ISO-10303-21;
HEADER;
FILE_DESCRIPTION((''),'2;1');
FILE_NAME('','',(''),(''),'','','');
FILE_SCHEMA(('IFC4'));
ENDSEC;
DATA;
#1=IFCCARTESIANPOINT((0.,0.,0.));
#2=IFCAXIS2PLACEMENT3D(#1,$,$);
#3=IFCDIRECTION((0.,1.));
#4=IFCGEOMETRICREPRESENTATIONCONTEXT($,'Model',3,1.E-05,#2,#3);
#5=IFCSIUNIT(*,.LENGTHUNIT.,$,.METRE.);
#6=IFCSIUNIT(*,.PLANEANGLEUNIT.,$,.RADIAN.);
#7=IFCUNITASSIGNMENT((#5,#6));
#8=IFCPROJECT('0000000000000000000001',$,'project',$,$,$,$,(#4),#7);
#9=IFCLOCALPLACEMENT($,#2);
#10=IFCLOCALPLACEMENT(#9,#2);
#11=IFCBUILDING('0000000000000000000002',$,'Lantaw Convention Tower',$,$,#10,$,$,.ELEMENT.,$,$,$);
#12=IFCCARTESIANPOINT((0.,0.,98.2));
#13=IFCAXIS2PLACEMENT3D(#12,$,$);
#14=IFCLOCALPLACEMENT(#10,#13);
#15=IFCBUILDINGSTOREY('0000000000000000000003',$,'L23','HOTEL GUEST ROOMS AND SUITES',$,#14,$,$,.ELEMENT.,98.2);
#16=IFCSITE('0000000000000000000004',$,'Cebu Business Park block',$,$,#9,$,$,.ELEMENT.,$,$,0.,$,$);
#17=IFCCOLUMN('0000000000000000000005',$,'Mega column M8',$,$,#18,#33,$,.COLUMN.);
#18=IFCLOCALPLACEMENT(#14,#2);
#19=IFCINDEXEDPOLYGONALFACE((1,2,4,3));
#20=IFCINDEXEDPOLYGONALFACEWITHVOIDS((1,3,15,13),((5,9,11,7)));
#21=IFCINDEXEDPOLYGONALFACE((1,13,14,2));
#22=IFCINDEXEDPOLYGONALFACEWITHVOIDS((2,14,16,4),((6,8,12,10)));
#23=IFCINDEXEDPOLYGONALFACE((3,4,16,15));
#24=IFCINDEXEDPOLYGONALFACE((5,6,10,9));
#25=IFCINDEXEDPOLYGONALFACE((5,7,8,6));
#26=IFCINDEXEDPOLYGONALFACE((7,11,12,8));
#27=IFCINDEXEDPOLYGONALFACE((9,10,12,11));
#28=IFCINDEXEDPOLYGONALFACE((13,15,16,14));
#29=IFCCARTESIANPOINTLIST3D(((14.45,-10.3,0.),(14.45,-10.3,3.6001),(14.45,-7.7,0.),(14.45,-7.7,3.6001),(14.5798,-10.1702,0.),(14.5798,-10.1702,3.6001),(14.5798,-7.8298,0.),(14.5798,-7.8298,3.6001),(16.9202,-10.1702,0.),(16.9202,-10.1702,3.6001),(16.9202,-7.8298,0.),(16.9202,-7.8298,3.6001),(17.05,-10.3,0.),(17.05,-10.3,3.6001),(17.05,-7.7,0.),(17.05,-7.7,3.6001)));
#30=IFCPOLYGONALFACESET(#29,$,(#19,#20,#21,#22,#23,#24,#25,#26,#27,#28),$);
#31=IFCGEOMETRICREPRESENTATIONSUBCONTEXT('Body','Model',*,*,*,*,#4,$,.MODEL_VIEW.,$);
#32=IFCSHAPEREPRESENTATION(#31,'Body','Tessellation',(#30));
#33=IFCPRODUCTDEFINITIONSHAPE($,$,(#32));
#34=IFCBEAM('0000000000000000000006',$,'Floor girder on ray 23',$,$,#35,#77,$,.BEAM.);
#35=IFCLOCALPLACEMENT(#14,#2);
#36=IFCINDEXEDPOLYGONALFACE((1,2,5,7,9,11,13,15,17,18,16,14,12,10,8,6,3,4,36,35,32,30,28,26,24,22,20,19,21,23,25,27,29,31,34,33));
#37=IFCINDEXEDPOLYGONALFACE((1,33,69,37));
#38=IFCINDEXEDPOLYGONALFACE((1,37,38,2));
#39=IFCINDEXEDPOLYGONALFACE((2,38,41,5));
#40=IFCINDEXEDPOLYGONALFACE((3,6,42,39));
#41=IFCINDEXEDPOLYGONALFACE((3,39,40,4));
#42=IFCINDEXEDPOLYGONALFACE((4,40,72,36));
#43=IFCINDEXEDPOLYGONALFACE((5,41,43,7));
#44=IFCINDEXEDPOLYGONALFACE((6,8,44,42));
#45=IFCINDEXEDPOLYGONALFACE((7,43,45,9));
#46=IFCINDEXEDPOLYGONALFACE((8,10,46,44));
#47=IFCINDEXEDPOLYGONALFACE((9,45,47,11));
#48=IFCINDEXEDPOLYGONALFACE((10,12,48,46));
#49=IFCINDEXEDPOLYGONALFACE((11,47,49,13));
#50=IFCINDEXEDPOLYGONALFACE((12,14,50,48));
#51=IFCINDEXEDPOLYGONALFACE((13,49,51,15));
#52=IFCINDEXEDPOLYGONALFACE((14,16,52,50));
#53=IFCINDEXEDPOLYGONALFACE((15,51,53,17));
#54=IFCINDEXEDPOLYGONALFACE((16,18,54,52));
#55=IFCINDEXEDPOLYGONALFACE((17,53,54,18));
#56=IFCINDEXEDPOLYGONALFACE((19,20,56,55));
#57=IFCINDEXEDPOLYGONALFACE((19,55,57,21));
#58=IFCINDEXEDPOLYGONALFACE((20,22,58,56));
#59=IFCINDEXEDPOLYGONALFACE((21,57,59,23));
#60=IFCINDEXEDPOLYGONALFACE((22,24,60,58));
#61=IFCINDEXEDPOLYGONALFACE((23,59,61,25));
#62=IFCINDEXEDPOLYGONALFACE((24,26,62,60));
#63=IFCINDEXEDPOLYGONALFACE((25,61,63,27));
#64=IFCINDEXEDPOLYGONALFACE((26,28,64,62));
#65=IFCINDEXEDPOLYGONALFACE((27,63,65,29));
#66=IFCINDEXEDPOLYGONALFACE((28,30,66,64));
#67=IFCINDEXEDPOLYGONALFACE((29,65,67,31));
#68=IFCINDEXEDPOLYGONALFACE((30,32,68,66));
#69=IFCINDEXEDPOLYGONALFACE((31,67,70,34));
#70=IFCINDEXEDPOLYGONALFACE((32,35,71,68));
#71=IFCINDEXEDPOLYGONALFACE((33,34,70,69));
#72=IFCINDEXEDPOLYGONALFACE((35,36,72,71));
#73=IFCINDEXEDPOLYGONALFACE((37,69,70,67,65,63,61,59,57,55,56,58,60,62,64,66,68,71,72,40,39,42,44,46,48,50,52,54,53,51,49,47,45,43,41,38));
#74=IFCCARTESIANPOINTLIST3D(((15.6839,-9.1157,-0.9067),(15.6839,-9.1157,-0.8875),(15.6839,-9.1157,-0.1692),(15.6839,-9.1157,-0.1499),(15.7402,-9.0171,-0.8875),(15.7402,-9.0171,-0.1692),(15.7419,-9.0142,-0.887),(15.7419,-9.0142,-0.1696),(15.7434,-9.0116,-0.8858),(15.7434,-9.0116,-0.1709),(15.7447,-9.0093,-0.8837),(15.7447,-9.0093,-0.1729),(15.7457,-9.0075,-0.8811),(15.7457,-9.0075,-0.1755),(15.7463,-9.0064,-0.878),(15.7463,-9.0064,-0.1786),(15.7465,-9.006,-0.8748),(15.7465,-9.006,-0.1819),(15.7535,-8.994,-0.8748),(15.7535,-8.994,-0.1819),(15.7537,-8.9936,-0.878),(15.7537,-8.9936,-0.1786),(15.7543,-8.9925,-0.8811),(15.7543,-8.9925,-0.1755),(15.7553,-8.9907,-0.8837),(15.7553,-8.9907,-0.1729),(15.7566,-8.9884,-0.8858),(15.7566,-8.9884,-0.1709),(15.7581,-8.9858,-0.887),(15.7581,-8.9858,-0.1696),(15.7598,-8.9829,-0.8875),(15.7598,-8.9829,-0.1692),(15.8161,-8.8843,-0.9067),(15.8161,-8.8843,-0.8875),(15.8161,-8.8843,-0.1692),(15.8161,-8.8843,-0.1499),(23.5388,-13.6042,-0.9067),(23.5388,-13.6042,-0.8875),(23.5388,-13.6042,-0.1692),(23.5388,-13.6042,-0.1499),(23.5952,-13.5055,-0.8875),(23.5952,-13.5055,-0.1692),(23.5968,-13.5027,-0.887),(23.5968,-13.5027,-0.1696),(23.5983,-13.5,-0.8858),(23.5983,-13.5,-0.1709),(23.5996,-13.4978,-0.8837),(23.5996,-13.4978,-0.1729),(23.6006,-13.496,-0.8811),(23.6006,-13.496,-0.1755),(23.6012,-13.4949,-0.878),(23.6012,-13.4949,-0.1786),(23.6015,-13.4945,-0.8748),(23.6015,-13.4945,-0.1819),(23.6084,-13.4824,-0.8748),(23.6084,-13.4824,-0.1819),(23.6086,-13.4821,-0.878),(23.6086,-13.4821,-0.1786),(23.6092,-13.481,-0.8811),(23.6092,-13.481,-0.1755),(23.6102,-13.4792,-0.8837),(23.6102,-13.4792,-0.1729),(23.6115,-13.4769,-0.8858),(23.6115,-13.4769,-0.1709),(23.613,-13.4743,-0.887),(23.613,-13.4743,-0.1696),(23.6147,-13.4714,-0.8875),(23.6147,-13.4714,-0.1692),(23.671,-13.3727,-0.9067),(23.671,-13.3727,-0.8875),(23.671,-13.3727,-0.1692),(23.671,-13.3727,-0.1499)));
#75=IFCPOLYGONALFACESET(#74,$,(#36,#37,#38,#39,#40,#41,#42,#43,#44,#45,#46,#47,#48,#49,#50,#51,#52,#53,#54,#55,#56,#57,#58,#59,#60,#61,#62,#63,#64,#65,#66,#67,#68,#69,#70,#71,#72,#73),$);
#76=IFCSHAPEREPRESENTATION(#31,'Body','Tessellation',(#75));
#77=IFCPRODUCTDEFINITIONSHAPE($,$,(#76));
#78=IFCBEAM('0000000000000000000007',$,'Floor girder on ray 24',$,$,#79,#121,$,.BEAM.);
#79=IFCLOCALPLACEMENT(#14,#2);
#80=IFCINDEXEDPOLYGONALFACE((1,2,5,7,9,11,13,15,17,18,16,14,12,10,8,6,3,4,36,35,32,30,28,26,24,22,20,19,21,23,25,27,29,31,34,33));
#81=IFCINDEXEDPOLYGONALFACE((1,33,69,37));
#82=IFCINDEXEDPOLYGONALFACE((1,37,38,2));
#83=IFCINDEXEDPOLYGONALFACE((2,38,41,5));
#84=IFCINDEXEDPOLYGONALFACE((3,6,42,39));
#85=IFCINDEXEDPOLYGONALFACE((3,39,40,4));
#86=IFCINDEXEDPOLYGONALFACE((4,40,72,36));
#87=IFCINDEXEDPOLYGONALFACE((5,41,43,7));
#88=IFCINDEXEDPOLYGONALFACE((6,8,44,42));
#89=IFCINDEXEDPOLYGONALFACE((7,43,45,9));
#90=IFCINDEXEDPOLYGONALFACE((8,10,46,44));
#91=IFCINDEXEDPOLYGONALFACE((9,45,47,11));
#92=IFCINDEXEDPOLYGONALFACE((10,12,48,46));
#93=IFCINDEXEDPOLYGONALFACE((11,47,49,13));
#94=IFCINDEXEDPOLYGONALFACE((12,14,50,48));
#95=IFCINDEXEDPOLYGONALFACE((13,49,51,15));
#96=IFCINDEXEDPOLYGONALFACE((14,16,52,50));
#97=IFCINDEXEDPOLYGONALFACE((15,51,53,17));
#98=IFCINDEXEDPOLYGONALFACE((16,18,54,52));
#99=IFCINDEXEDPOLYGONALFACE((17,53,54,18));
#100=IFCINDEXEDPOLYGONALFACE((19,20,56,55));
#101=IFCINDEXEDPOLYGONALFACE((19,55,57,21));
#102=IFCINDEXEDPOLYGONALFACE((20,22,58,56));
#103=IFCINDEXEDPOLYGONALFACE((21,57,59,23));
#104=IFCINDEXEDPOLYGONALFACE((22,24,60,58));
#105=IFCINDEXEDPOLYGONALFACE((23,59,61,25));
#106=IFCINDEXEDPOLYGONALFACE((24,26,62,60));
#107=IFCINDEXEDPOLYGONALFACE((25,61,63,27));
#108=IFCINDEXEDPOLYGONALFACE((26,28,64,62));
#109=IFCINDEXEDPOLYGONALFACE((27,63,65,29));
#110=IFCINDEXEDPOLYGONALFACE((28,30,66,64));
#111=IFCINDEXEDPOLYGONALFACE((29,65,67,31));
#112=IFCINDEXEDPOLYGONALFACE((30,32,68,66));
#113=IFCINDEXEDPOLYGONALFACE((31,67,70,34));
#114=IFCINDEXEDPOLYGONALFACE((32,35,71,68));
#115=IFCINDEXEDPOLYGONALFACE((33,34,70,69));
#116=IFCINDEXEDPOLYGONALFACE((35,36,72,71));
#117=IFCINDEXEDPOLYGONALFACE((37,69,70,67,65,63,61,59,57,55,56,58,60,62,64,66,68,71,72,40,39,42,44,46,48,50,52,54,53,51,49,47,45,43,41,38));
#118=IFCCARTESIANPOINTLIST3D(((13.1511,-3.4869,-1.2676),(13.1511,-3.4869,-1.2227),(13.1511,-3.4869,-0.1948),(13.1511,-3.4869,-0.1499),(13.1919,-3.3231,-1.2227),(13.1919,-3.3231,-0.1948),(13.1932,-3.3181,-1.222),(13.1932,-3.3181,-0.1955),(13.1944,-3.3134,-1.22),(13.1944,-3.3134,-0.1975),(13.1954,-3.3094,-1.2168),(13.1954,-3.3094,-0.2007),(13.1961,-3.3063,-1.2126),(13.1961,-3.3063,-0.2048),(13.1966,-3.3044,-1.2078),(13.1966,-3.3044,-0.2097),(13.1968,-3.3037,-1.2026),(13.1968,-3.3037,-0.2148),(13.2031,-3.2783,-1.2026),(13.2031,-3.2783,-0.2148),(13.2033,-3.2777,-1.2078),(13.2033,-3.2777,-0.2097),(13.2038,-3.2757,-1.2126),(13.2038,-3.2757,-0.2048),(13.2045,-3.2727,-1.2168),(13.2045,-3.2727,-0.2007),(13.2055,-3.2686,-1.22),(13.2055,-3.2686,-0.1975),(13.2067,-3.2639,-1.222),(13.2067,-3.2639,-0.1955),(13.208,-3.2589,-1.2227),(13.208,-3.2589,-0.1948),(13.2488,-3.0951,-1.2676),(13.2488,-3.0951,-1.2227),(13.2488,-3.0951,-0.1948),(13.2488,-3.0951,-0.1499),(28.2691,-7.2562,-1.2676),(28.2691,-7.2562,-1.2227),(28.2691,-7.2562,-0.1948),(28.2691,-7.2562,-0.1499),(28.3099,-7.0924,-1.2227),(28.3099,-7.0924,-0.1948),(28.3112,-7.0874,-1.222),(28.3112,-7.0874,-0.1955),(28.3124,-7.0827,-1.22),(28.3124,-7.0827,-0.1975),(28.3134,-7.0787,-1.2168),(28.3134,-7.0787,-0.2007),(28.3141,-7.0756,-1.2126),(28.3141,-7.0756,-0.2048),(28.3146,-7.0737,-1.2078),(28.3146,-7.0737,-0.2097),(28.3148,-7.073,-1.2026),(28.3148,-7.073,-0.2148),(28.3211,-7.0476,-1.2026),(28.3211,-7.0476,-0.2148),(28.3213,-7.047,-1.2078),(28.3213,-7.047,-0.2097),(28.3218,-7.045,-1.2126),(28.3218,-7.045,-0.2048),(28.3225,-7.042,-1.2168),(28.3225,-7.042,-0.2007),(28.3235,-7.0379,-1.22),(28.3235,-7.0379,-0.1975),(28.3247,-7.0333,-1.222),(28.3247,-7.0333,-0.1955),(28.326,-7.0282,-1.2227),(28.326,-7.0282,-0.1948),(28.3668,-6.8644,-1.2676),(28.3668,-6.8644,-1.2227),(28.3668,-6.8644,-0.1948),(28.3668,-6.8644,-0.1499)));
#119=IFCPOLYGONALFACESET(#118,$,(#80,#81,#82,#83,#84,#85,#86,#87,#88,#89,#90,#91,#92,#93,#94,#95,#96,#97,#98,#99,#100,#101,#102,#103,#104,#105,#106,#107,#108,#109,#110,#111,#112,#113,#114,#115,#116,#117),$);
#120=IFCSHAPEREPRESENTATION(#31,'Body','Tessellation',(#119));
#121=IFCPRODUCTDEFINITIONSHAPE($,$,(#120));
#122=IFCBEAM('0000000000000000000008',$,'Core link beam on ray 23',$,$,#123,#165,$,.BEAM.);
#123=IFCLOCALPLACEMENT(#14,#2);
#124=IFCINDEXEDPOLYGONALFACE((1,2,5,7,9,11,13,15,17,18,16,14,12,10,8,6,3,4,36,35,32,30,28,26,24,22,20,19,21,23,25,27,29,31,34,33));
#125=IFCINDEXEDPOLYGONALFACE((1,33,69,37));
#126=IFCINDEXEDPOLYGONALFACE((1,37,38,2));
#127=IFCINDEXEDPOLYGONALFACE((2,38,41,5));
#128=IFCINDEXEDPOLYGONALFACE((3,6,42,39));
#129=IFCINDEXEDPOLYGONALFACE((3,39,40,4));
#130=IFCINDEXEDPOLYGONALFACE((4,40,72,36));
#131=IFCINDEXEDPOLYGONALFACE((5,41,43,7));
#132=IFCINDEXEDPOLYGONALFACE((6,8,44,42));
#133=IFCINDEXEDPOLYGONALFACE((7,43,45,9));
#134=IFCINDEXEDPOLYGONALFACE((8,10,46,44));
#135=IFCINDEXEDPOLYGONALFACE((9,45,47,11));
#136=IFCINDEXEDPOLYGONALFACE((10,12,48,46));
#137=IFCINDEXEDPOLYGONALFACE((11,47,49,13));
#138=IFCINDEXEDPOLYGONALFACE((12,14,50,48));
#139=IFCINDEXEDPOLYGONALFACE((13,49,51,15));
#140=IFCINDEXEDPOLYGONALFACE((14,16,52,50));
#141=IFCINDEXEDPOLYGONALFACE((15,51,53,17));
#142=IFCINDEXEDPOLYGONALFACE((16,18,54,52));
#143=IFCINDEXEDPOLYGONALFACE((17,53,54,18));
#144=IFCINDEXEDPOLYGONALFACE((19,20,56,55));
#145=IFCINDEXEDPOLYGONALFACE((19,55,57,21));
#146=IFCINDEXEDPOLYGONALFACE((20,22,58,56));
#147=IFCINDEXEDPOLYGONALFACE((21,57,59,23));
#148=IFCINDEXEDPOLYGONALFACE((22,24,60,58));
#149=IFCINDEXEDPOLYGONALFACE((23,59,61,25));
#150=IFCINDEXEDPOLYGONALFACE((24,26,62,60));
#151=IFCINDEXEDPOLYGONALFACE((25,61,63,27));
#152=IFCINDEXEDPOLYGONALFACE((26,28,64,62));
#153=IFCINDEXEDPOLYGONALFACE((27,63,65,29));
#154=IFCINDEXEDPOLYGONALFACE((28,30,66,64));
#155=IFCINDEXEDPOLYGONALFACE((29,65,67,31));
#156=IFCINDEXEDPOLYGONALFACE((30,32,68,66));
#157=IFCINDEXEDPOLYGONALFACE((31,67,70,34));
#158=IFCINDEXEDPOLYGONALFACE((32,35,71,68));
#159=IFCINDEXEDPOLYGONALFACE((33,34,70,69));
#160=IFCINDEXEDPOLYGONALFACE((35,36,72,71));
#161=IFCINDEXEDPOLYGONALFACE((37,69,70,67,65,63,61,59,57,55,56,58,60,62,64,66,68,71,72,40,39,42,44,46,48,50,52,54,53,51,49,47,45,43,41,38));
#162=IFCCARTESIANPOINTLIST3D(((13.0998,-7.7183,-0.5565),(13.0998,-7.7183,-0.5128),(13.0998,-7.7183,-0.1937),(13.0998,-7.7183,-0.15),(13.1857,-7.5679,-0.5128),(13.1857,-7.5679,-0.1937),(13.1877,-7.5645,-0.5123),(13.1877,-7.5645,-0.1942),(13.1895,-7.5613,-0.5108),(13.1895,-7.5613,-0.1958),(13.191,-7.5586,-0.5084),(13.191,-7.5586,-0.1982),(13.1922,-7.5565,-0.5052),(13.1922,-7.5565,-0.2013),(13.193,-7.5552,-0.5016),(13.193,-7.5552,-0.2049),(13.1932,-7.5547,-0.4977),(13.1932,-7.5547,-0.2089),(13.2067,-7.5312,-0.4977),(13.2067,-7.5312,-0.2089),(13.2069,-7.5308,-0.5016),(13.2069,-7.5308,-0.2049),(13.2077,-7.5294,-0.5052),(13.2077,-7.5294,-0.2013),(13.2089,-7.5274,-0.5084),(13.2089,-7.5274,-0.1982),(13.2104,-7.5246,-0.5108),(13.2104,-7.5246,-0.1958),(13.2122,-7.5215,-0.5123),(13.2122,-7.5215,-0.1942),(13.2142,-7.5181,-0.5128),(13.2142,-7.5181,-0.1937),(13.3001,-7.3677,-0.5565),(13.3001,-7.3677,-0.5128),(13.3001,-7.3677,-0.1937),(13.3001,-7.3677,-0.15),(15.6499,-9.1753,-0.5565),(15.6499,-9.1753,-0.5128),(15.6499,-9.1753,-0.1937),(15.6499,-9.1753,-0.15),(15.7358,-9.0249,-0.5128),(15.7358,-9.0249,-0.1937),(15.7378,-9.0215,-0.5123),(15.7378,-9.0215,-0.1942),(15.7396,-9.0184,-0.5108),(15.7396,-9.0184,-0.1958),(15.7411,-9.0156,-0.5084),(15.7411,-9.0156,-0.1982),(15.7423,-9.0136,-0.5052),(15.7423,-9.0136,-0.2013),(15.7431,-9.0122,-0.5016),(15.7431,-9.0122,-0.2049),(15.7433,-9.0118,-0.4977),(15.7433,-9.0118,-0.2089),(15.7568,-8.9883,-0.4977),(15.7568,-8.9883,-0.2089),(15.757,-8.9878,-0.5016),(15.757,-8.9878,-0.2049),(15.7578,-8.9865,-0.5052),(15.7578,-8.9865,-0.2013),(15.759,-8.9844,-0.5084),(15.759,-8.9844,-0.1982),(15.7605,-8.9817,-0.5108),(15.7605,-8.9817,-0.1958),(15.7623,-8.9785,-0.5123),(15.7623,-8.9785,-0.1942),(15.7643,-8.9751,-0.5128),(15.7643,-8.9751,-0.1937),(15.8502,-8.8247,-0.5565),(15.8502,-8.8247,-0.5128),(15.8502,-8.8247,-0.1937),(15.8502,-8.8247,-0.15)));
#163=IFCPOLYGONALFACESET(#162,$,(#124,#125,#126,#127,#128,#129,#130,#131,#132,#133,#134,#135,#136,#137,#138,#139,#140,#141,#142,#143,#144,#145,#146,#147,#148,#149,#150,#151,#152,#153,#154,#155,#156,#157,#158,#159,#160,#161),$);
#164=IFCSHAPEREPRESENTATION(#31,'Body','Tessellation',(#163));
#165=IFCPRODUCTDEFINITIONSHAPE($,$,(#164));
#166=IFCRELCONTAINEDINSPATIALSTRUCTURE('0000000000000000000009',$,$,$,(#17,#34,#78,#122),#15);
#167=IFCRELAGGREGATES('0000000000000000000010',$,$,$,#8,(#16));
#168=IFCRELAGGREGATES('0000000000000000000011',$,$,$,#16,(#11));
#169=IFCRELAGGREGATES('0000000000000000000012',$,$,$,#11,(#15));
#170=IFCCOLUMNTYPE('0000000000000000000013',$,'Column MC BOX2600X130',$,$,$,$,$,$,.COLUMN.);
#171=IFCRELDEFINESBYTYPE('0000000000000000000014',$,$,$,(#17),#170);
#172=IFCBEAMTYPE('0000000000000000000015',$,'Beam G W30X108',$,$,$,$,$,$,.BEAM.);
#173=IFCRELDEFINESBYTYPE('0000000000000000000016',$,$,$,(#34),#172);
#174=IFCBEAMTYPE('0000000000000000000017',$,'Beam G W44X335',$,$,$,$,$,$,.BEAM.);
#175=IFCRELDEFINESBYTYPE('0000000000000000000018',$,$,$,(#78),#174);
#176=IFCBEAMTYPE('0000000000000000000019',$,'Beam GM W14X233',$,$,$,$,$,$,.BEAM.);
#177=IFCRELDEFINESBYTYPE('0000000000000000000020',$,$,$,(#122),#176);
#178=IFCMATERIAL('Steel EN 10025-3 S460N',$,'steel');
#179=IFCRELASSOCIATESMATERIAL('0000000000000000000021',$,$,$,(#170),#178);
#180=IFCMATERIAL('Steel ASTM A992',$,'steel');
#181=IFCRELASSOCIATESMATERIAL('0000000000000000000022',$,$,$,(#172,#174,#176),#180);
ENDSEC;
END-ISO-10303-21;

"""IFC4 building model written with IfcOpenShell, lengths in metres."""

from ifc_helpers import new_model, si_unit, direction, frame, origin, origin_2d, place, context, subcontext, project, spatial, rectangle, hollow_rectangle, i_section, extrude, material, material_profile, profile_set, type_object, element, save


model = new_model("IFC4")

# Units and contexts
model_context = context("Model", 3, precision=1e-05, world=origin(), true_north=direction((0.0, 1.0)))
body_context = subcontext(model_context, "Body", "Model", "MODEL_VIEW")
ifc_project = project(units=[si_unit("LENGTHUNIT", "METRE"), si_unit("PLANEANGLEUNIT", "RADIAN")], contexts=[model_context])

# Site, building, storey
site_placement = place(None, origin())
site = spatial("IfcSite", under=ifc_project, at=site_placement, Name="Cebu Business Park block", CompositionType="ELEMENT", RefElevation=0.0)
building_placement = place(site_placement, origin())
building = spatial("IfcBuilding", under=site, at=building_placement, Name="Lantaw Convention Tower", CompositionType="ELEMENT")
storey_placement = place(building_placement, frame((0.0, 0.0, 98.2)))
storey = spatial("IfcBuildingStorey", under=building, at=storey_placement, Name="L23", Description="HOTEL GUEST ROOMS AND SUITES", CompositionType="ELEMENT", Elevation=98.2)

# Column
ifc_material_1 = material(Name="Steel EN 10025-3 S460N", Category="steel")
ifc_material_profile_1 = material_profile(ifc_material_1, hollow_rectangle(XDim=2.6001, YDim=2.6001, WallThickness=0.1299, at=origin_2d()), Name="BOX2600X130")
ifc_material_2 = material(Name="Concrete C60/75", Category="concrete")
ifc_material_profile_2 = material_profile(ifc_material_2, rectangle(XDim=2.3401, YDim=2.3401, at=origin_2d()), Name="Concrete fill of BOX2600X130")
ifc_profile_set_1 = profile_set([ifc_material_profile_1, ifc_material_profile_2], Name="Steel EN 10025-3 S460N")
column_type = type_object("IfcColumnType", Name="Column MC BOX2600X130", PredefinedType="COLUMN", material=ifc_profile_set_1)
column_placement = place(storey_placement, frame((15.75, -9.0, 0.0), z_axis=(0.0, 0.0, 1.0), x_axis=(1.0, 0.0, 0.0)))
element("IfcColumn", 1, at=column_placement, inside=storey, type_object=column_type, Name="Mega column M8", PredefinedType="COLUMN", context=body_context, shape_type="SweptSolid", body=[
    extrude(hollow_rectangle(XDim=2.6001, YDim=2.6001, WallThickness=0.1299, at=origin_2d()), origin(), (0.0, 0.0, 1.0), 3.6001),
])

# Beams
ifc_material_3 = material(Name="Steel ASTM A992", Category="steel")
ifc_material_profile_3 = material_profile(ifc_material_3, i_section(OverallWidth=0.2666, OverallDepth=0.7568, WebThickness=0.0139, FlangeThickness=0.0193, FilletRadius=0.0127, at=origin_2d()), Name="W30X108")
ifc_profile_set_2 = profile_set([ifc_material_profile_3], Name="Steel ASTM A992")
beam_type_1 = type_object("IfcBeamType", Name="Beam G W30X108", PredefinedType="BEAM", material=ifc_profile_set_2)
beam_1_placement = place(storey_placement, frame((15.75, -9.0, -0.5283), z_axis=(0.868245, -0.496136, 0.0), x_axis=(0.496136, 0.868245, 0.0)))
element("IfcBeam", 2, at=beam_1_placement, inside=storey, type_object=beam_type_1, Name="Floor girder on ray 23", PredefinedType="BEAM", context=body_context, shape_type="SweptSolid", body=[
    extrude(i_section(OverallWidth=0.2666, OverallDepth=0.7568, WebThickness=0.0139, FlangeThickness=0.0193, FilletRadius=0.0127, at=origin_2d()), origin(), (0.0, 0.0, 1.0), 9.0469),
])
ifc_material_profile_4 = material_profile(ifc_material_3, i_section(OverallWidth=0.4038, OverallDepth=1.1177, WebThickness=0.0261, FlangeThickness=0.0449, FilletRadius=0.02, at=origin_2d()), Name="W44X335")
ifc_profile_set_3 = profile_set([ifc_material_profile_4], Name="Steel ASTM A992")
beam_type_2 = type_object("IfcBeamType", Name="Beam G W44X335", PredefinedType="BEAM", material=ifc_profile_set_3)
beam_2_placement = place(storey_placement, frame((13.2, -3.291, -0.7087), z_axis=(0.970296, -0.24192, 0.0), x_axis=(0.24192, 0.970296, 0.0)))
element("IfcBeam", 3, at=beam_2_placement, inside=storey, type_object=beam_type_2, Name="Floor girder on ray 24", PredefinedType="BEAM", context=body_context, shape_type="SweptSolid", body=[
    extrude(i_section(OverallWidth=0.4038, OverallDepth=1.1177, WebThickness=0.0261, FlangeThickness=0.0449, FilletRadius=0.02, at=origin_2d()), origin(), (0.0, 0.0, 1.0), 15.5808),
])
ifc_material_profile_5 = material_profile(ifc_material_3, i_section(OverallWidth=0.4038, OverallDepth=0.4065, WebThickness=0.0271, FlangeThickness=0.0437, FilletRadius=0.0151, at=origin_2d()), Name="W14X233")
ifc_profile_set_4 = profile_set([ifc_material_profile_5], Name="Steel ASTM A992")
beam_type_3 = type_object("IfcBeamType", Name="Beam GM W14X233", PredefinedType="BEAM", material=ifc_profile_set_4)
beam_3_placement = place(storey_placement, frame((13.2, -7.543, -0.3533), z_axis=(0.868264, -0.496103, 0.0), x_axis=(0.496103, 0.868264, 0.0)))
element("IfcBeam", 4, at=beam_3_placement, inside=storey, type_object=beam_type_3, Name="Core link beam on ray 23", PredefinedType="BEAM", context=body_context, shape_type="SweptSolid", body=[
    extrude(i_section(OverallWidth=0.4038, OverallDepth=0.4065, WebThickness=0.0271, FlangeThickness=0.0437, FilletRadius=0.0151, at=origin_2d()), origin(), (0.0, 0.0, 1.0), 2.937),
])

save(model, "model.ifc")
